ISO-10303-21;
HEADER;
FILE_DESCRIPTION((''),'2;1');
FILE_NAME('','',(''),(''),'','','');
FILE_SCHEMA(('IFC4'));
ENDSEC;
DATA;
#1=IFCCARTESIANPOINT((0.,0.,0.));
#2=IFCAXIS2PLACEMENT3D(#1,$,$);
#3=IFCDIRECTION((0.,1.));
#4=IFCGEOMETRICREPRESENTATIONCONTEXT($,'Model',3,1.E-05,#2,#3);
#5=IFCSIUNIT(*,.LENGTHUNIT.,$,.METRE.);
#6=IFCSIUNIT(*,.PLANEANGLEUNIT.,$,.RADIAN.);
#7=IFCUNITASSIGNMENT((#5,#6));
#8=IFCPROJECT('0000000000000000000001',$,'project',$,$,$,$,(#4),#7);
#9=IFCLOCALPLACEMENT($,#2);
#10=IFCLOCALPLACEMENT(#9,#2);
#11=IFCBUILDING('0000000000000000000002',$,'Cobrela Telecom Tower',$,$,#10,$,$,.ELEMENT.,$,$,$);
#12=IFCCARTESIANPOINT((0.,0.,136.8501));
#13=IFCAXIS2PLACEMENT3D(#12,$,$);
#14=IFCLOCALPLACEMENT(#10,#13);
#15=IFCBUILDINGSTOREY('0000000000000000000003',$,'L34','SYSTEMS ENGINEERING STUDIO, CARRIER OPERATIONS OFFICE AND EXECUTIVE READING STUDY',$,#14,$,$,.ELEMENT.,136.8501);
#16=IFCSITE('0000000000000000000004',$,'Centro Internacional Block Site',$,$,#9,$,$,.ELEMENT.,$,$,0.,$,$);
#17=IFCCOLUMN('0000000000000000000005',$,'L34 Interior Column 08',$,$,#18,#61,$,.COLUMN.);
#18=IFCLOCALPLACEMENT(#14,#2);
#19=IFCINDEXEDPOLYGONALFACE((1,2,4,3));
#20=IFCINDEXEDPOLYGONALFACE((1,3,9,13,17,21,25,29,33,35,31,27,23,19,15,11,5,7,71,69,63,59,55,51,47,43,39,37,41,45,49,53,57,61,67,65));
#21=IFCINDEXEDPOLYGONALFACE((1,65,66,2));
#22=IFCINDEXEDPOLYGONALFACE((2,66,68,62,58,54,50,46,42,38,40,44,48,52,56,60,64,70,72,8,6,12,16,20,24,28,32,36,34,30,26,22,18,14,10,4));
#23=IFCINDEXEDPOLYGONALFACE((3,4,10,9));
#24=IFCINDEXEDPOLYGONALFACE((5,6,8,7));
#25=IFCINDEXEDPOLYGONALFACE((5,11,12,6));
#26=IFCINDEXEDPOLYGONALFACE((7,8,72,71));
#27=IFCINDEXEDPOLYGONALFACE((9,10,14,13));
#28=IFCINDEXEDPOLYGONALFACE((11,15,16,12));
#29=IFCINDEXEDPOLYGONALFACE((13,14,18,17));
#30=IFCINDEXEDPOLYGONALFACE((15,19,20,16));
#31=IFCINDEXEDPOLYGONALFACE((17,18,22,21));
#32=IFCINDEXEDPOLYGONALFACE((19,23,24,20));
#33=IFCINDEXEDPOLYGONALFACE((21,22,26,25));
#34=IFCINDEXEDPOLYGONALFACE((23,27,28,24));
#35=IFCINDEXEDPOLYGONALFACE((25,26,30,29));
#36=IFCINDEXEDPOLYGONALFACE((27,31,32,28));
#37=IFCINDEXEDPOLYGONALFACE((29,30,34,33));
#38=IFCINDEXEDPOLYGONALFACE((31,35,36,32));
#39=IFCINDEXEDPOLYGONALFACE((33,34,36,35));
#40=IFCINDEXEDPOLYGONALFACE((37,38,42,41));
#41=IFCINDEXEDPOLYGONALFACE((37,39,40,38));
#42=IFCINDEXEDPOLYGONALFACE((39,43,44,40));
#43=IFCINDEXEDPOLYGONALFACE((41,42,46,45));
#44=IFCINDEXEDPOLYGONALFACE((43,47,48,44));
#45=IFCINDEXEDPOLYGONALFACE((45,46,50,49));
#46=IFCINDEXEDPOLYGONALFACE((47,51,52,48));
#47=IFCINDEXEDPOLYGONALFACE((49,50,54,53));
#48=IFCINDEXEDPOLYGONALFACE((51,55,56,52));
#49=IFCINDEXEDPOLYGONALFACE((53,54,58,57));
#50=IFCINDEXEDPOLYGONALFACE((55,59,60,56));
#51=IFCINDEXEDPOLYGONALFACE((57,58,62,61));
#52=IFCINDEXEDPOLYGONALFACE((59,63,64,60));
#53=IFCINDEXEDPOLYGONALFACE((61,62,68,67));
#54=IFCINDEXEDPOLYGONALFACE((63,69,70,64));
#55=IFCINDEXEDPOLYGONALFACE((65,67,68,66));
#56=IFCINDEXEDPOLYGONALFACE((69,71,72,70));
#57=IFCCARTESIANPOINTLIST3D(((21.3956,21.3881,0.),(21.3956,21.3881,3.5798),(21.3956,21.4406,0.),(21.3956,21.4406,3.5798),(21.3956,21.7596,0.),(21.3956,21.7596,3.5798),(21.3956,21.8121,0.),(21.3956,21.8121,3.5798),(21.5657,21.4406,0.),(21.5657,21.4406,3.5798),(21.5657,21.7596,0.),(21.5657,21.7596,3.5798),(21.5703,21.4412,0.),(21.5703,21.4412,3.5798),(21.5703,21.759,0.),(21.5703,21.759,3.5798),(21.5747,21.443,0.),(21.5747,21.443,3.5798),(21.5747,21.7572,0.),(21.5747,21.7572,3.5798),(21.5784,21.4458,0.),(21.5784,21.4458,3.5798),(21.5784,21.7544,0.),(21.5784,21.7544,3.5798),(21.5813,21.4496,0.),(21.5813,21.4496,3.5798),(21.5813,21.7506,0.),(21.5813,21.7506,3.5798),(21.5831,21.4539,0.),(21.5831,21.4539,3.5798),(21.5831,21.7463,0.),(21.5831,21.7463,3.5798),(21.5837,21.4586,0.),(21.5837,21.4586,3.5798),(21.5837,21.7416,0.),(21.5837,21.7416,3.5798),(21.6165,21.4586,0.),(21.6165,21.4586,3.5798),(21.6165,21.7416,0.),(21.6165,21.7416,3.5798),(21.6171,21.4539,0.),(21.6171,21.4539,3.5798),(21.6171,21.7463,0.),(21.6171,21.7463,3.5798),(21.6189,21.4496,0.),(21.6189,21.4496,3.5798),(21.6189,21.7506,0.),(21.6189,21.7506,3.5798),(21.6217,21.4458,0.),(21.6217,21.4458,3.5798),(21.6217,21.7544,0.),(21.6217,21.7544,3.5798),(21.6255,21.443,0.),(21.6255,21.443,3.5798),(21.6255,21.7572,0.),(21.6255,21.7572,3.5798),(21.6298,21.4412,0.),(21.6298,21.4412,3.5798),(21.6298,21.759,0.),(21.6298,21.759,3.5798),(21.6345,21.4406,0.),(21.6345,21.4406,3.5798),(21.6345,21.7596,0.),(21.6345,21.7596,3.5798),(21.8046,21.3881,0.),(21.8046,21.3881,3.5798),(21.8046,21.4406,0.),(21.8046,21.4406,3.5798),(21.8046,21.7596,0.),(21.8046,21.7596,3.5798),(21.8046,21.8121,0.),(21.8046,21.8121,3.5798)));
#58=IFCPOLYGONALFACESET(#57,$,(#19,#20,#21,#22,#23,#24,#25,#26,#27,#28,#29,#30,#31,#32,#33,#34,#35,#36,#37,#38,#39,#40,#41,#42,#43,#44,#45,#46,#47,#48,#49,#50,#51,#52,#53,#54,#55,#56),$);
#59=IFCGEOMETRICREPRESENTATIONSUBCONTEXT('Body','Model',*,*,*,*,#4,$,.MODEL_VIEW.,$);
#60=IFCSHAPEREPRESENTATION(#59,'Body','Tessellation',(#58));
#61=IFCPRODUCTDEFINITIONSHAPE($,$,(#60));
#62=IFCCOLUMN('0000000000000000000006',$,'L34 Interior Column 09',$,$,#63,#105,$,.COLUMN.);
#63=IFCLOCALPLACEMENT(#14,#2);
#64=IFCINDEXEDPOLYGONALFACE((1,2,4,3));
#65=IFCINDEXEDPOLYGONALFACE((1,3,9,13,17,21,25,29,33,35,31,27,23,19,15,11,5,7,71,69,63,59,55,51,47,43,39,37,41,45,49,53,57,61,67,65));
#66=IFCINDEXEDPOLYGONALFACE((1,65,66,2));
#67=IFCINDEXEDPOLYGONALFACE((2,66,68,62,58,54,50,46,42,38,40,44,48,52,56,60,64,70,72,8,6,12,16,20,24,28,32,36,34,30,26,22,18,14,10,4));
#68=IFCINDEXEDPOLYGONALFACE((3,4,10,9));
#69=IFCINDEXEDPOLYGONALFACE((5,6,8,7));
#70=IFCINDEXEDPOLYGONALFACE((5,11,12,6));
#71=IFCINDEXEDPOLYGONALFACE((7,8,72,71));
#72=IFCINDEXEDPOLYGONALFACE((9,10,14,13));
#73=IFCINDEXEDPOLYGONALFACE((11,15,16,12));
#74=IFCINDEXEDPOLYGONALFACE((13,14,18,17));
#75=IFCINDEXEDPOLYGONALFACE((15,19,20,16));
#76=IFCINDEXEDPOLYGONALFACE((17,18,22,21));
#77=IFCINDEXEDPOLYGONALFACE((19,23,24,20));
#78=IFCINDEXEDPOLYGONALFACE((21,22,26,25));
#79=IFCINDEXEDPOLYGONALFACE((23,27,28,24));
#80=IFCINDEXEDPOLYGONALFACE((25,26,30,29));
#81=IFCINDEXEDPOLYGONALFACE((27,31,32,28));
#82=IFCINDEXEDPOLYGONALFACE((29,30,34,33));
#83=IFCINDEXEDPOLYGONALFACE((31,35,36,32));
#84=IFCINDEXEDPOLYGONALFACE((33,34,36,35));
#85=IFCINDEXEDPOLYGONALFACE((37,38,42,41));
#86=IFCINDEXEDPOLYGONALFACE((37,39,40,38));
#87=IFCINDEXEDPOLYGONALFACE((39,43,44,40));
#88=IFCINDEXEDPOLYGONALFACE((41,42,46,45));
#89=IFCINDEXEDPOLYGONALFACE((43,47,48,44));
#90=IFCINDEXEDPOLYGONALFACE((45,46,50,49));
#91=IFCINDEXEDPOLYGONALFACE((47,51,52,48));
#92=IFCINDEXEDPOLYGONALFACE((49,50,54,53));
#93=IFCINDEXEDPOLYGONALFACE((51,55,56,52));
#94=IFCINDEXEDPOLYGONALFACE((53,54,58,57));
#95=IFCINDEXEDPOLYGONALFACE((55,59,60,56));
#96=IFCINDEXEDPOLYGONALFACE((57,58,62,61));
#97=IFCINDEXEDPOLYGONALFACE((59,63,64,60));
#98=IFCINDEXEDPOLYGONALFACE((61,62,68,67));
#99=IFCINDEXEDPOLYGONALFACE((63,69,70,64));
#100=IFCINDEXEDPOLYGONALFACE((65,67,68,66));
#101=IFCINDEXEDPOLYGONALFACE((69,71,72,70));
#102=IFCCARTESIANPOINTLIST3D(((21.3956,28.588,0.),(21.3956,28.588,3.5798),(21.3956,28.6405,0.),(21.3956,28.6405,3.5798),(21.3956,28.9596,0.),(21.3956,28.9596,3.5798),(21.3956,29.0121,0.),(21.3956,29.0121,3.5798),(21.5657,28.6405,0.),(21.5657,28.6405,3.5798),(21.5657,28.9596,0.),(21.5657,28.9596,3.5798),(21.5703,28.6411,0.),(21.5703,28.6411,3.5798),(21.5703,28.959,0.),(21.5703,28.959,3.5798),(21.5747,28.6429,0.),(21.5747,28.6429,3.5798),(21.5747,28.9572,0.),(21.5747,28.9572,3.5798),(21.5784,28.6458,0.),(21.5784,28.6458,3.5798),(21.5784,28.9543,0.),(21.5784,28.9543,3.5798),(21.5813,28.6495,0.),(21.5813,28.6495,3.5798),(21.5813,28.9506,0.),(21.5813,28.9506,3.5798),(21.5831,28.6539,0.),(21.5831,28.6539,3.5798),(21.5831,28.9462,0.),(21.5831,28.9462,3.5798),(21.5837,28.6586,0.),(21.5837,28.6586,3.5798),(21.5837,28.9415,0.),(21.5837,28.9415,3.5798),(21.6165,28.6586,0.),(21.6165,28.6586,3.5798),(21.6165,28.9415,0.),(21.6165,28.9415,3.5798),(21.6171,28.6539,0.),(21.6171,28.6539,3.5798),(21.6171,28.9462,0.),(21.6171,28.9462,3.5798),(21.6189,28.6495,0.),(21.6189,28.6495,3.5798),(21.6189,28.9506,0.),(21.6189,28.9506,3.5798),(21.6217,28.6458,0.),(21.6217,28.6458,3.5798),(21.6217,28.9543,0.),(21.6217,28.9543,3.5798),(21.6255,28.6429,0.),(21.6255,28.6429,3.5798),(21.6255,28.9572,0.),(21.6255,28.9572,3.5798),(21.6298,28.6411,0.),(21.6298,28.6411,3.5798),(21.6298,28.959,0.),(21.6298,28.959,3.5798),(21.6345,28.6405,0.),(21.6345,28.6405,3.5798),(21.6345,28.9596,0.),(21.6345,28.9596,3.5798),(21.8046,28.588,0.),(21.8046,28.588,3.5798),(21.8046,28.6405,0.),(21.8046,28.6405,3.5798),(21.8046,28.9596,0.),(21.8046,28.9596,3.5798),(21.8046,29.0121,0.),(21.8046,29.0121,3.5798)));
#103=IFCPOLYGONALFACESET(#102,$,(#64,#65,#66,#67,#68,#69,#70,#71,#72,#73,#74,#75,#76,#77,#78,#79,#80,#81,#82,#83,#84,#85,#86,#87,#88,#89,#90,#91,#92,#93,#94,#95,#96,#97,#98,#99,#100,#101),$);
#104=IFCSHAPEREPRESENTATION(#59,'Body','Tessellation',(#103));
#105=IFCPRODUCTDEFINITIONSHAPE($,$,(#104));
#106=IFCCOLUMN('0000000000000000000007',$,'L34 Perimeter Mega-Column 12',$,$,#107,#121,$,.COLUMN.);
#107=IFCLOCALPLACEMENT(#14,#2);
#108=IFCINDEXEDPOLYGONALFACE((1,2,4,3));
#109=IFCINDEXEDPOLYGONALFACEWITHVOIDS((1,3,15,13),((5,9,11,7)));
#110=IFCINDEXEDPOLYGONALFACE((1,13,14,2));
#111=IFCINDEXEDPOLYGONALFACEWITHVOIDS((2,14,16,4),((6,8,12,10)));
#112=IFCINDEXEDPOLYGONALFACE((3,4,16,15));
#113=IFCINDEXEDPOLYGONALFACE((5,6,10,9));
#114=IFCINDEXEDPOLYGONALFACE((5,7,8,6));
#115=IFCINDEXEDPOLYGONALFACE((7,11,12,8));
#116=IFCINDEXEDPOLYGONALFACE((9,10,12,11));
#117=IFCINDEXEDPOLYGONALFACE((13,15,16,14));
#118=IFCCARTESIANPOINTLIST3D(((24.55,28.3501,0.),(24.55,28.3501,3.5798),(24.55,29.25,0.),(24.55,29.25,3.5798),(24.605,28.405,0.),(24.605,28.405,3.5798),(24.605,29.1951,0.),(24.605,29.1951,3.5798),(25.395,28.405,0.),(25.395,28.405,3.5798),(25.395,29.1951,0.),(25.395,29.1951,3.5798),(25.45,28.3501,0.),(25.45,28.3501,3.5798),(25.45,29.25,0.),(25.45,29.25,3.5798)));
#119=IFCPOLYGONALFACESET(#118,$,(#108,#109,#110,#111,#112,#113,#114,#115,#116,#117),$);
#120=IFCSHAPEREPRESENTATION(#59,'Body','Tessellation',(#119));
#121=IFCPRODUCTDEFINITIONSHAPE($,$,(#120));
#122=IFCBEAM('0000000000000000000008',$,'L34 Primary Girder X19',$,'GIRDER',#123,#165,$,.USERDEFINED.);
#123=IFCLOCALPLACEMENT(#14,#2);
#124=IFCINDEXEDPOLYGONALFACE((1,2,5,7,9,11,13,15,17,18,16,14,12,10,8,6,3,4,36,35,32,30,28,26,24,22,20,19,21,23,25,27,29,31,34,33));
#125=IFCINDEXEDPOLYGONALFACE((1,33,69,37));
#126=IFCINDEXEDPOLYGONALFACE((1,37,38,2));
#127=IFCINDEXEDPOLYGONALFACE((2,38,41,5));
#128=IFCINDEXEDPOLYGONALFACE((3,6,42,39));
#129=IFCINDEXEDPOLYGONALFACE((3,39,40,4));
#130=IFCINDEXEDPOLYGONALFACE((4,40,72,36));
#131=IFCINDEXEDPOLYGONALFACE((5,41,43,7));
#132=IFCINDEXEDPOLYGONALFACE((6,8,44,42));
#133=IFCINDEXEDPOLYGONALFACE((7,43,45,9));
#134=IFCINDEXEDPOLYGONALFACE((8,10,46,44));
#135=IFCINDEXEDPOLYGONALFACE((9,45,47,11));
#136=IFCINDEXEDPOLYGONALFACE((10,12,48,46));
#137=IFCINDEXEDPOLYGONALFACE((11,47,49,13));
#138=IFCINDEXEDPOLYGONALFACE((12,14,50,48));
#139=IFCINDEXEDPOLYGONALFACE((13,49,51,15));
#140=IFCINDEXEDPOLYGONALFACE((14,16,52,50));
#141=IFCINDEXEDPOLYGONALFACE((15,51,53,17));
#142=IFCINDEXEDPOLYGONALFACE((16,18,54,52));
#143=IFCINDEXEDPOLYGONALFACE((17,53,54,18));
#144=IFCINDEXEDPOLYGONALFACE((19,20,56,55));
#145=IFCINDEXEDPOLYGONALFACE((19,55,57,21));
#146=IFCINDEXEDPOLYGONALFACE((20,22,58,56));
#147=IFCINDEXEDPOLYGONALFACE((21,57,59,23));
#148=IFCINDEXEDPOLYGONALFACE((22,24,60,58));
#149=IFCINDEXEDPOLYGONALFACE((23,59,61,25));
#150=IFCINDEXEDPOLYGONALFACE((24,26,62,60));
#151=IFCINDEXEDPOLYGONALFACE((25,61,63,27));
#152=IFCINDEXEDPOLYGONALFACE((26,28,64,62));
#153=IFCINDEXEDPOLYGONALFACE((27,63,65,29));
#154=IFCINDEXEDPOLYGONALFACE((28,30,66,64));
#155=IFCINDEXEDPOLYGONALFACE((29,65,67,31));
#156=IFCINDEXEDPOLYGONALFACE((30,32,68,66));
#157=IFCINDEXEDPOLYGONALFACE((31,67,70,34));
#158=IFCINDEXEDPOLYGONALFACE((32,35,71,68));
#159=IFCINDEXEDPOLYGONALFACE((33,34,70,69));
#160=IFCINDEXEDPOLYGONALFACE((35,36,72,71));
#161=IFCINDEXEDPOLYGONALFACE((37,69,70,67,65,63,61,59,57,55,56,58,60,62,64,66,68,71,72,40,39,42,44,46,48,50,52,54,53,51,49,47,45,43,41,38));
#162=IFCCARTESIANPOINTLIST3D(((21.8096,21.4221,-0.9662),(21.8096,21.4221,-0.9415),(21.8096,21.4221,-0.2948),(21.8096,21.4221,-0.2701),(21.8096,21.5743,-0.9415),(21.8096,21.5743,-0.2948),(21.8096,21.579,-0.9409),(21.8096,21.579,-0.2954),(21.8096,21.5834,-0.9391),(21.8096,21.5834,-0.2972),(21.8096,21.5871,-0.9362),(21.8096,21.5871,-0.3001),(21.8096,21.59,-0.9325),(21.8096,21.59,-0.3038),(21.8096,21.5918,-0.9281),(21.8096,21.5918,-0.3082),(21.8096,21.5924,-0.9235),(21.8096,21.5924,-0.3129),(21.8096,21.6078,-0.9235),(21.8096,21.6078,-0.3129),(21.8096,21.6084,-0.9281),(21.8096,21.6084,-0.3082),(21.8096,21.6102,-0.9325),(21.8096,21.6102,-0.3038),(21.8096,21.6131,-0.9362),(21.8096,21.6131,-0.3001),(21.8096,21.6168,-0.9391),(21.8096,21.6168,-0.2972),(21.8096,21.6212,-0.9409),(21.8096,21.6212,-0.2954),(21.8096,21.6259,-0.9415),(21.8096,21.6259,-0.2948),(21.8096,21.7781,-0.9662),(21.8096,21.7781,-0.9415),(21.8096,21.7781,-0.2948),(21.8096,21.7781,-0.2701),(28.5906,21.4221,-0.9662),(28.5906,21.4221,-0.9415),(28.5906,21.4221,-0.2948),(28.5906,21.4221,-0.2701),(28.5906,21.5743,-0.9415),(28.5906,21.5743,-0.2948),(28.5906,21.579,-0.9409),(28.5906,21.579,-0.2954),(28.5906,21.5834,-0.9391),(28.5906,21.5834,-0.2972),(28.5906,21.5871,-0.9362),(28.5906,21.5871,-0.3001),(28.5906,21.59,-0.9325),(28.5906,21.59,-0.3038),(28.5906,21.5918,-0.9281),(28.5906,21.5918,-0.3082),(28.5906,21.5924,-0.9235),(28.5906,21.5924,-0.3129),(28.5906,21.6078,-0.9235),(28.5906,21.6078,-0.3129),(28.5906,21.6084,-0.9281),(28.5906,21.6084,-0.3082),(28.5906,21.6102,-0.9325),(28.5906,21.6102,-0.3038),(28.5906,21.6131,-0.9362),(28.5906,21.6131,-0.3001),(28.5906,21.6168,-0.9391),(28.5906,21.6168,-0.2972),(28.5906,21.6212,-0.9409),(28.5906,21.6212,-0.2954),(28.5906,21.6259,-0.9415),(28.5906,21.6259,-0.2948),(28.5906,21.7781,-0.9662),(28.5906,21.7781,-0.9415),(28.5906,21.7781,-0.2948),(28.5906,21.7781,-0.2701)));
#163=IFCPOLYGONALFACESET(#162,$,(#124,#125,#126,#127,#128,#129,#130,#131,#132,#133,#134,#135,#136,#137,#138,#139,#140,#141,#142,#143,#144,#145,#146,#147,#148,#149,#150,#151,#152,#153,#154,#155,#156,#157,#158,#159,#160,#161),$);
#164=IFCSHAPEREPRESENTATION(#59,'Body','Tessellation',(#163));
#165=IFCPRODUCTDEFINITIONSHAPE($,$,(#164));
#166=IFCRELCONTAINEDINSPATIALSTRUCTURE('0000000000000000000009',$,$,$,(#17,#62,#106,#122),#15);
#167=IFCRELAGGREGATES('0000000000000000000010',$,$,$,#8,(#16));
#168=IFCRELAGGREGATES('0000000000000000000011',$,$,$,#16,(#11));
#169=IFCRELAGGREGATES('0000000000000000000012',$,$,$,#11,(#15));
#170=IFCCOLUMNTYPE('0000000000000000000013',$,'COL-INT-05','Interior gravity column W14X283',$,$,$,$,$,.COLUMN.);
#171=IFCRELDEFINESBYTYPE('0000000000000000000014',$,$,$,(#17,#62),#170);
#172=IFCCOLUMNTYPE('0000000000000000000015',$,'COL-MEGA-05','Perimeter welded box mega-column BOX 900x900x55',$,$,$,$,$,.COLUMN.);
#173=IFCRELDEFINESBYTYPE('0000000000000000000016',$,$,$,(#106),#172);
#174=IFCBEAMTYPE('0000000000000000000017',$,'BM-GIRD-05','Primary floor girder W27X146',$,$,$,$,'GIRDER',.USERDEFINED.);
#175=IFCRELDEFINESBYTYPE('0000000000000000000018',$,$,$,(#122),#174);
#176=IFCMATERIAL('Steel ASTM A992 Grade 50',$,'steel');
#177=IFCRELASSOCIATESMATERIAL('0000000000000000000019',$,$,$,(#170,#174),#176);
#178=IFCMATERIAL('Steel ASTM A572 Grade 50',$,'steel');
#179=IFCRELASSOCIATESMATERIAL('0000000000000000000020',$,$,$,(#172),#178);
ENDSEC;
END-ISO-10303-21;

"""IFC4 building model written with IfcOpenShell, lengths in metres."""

from ifc_helpers import new_model, si_unit, direction, frame, origin, origin_2d, place, context, subcontext, project, spatial, hollow_rectangle, i_section, extrude, material, material_profile, profile_set, type_object, element, save


model = new_model("IFC4")

# Units and contexts
model_context = context("Model", 3, precision=1e-05, world=origin(), true_north=direction((0.0, 1.0)))
body_context = subcontext(model_context, "Body", "Model", "MODEL_VIEW")
ifc_project = project(units=[si_unit("LENGTHUNIT", "METRE"), si_unit("PLANEANGLEUNIT", "RADIAN")], contexts=[model_context])

# Site, building, storey
site_placement = place(None, origin())
site = spatial("IfcSite", under=ifc_project, at=site_placement, Name="Centro Internacional Block Site", CompositionType="ELEMENT", RefElevation=0.0)
building_placement = place(site_placement, origin())
building = spatial("IfcBuilding", under=site, at=building_placement, Name="Cobrela Telecom Tower", CompositionType="ELEMENT")
storey_placement = place(building_placement, frame((0.0, 0.0, 136.8501)))
storey = spatial("IfcBuildingStorey", under=building, at=storey_placement, Name="L34", Description="SYSTEMS ENGINEERING STUDIO, CARRIER OPERATIONS OFFICE AND EXECUTIVE READING STUDY", CompositionType="ELEMENT", Elevation=136.8501)

# Columns
ifc_material_1 = material(Name="Steel ASTM A992 Grade 50", Category="steel")
ifc_material_profile_1 = material_profile(ifc_material_1, i_section(OverallWidth=0.4089, OverallDepth=0.4241, WebThickness=0.0327, FlangeThickness=0.0525, FilletRadius=0.0181, at=origin_2d()), Name="W14X283")
ifc_profile_set_1 = profile_set([ifc_material_profile_1], Name="Steel ASTM A992 Grade 50")
column_type_1 = type_object("IfcColumnType", Name="COL-INT-05", Description="Interior gravity column W14X283", PredefinedType="COLUMN", material=ifc_profile_set_1)
for number, where, z_axis, x_axis, name in (
    (1, (21.6001, 21.6001, 0.0), (0.0, 0.0, 1.0), (1.0, 0.0, 0.0), "L34 Interior Column 08"),
    (2, (21.6001, 28.8, 0.0), (0.0, 0.0, 1.0), (1.0, 0.0, 0.0), "L34 Interior Column 09"),
):
    element("IfcColumn", number, at=place(storey_placement, frame(where, z_axis=z_axis, x_axis=x_axis)), inside=storey, type_object=column_type_1, Name=name, PredefinedType="COLUMN", context=body_context, shape_type="SweptSolid", body=[
        extrude(i_section(OverallWidth=0.4089, OverallDepth=0.4241, WebThickness=0.0327, FlangeThickness=0.0525, FilletRadius=0.0181, at=origin_2d()), origin(), (0.0, 0.0, 1.0), 3.5798),
    ])
ifc_material_2 = material(Name="Steel ASTM A572 Grade 50", Category="steel")
ifc_material_profile_2 = material_profile(ifc_material_2, hollow_rectangle(XDim=0.8999, YDim=0.8999, WallThickness=0.0549, at=origin_2d()), Name="BOX 900x900x55")
ifc_profile_set_2 = profile_set([ifc_material_profile_2], Name="Steel ASTM A572 Grade 50")
column_type_2 = type_object("IfcColumnType", Name="COL-MEGA-05", Description="Perimeter welded box mega-column BOX 900x900x55", PredefinedType="COLUMN", material=ifc_profile_set_2)
column_placement = place(storey_placement, frame((25.0, 28.8, 0.0), z_axis=(0.0, 0.0, 1.0), x_axis=(1.0, 0.0, 0.0)))
element("IfcColumn", 3, at=column_placement, inside=storey, type_object=column_type_2, Name="L34 Perimeter Mega-Column 12", PredefinedType="COLUMN", context=body_context, shape_type="SweptSolid", body=[
    extrude(hollow_rectangle(XDim=0.8999, YDim=0.8999, WallThickness=0.0549, at=origin_2d()), origin(), (0.0, 0.0, 1.0), 3.5798),
])

# Beam
ifc_material_profile_3 = material_profile(ifc_material_1, i_section(OverallWidth=0.356, OverallDepth=0.696, WebThickness=0.0154, FlangeThickness=0.0247, FilletRadius=0.0181, at=origin_2d()), Name="W27X146")
ifc_profile_set_3 = profile_set([ifc_material_profile_3], Name="Steel ASTM A992 Grade 50")
beam_type_1 = type_object("IfcBeamType", Name="BM-GIRD-05", Description="Primary floor girder W27X146", ElementType="GIRDER", PredefinedType="USERDEFINED", material=ifc_profile_set_3)
beam_1_placement = place(storey_placement, frame((21.8096, 21.6001, -0.6182), z_axis=(1.0, 0.0, 0.0), x_axis=(0.0, 1.0, 0.0)))
element("IfcBeam", 4, at=beam_1_placement, inside=storey, type_object=beam_type_1, Name="L34 Primary Girder X19", ObjectType="GIRDER", PredefinedType="USERDEFINED", context=body_context, shape_type="SweptSolid", body=[
    extrude(i_section(OverallWidth=0.356, OverallDepth=0.696, WebThickness=0.0154, FlangeThickness=0.0247, FilletRadius=0.0181, at=origin_2d()), origin(), (0.0, 0.0, 1.0), 6.781),
])

save(model, "model.ifc")
